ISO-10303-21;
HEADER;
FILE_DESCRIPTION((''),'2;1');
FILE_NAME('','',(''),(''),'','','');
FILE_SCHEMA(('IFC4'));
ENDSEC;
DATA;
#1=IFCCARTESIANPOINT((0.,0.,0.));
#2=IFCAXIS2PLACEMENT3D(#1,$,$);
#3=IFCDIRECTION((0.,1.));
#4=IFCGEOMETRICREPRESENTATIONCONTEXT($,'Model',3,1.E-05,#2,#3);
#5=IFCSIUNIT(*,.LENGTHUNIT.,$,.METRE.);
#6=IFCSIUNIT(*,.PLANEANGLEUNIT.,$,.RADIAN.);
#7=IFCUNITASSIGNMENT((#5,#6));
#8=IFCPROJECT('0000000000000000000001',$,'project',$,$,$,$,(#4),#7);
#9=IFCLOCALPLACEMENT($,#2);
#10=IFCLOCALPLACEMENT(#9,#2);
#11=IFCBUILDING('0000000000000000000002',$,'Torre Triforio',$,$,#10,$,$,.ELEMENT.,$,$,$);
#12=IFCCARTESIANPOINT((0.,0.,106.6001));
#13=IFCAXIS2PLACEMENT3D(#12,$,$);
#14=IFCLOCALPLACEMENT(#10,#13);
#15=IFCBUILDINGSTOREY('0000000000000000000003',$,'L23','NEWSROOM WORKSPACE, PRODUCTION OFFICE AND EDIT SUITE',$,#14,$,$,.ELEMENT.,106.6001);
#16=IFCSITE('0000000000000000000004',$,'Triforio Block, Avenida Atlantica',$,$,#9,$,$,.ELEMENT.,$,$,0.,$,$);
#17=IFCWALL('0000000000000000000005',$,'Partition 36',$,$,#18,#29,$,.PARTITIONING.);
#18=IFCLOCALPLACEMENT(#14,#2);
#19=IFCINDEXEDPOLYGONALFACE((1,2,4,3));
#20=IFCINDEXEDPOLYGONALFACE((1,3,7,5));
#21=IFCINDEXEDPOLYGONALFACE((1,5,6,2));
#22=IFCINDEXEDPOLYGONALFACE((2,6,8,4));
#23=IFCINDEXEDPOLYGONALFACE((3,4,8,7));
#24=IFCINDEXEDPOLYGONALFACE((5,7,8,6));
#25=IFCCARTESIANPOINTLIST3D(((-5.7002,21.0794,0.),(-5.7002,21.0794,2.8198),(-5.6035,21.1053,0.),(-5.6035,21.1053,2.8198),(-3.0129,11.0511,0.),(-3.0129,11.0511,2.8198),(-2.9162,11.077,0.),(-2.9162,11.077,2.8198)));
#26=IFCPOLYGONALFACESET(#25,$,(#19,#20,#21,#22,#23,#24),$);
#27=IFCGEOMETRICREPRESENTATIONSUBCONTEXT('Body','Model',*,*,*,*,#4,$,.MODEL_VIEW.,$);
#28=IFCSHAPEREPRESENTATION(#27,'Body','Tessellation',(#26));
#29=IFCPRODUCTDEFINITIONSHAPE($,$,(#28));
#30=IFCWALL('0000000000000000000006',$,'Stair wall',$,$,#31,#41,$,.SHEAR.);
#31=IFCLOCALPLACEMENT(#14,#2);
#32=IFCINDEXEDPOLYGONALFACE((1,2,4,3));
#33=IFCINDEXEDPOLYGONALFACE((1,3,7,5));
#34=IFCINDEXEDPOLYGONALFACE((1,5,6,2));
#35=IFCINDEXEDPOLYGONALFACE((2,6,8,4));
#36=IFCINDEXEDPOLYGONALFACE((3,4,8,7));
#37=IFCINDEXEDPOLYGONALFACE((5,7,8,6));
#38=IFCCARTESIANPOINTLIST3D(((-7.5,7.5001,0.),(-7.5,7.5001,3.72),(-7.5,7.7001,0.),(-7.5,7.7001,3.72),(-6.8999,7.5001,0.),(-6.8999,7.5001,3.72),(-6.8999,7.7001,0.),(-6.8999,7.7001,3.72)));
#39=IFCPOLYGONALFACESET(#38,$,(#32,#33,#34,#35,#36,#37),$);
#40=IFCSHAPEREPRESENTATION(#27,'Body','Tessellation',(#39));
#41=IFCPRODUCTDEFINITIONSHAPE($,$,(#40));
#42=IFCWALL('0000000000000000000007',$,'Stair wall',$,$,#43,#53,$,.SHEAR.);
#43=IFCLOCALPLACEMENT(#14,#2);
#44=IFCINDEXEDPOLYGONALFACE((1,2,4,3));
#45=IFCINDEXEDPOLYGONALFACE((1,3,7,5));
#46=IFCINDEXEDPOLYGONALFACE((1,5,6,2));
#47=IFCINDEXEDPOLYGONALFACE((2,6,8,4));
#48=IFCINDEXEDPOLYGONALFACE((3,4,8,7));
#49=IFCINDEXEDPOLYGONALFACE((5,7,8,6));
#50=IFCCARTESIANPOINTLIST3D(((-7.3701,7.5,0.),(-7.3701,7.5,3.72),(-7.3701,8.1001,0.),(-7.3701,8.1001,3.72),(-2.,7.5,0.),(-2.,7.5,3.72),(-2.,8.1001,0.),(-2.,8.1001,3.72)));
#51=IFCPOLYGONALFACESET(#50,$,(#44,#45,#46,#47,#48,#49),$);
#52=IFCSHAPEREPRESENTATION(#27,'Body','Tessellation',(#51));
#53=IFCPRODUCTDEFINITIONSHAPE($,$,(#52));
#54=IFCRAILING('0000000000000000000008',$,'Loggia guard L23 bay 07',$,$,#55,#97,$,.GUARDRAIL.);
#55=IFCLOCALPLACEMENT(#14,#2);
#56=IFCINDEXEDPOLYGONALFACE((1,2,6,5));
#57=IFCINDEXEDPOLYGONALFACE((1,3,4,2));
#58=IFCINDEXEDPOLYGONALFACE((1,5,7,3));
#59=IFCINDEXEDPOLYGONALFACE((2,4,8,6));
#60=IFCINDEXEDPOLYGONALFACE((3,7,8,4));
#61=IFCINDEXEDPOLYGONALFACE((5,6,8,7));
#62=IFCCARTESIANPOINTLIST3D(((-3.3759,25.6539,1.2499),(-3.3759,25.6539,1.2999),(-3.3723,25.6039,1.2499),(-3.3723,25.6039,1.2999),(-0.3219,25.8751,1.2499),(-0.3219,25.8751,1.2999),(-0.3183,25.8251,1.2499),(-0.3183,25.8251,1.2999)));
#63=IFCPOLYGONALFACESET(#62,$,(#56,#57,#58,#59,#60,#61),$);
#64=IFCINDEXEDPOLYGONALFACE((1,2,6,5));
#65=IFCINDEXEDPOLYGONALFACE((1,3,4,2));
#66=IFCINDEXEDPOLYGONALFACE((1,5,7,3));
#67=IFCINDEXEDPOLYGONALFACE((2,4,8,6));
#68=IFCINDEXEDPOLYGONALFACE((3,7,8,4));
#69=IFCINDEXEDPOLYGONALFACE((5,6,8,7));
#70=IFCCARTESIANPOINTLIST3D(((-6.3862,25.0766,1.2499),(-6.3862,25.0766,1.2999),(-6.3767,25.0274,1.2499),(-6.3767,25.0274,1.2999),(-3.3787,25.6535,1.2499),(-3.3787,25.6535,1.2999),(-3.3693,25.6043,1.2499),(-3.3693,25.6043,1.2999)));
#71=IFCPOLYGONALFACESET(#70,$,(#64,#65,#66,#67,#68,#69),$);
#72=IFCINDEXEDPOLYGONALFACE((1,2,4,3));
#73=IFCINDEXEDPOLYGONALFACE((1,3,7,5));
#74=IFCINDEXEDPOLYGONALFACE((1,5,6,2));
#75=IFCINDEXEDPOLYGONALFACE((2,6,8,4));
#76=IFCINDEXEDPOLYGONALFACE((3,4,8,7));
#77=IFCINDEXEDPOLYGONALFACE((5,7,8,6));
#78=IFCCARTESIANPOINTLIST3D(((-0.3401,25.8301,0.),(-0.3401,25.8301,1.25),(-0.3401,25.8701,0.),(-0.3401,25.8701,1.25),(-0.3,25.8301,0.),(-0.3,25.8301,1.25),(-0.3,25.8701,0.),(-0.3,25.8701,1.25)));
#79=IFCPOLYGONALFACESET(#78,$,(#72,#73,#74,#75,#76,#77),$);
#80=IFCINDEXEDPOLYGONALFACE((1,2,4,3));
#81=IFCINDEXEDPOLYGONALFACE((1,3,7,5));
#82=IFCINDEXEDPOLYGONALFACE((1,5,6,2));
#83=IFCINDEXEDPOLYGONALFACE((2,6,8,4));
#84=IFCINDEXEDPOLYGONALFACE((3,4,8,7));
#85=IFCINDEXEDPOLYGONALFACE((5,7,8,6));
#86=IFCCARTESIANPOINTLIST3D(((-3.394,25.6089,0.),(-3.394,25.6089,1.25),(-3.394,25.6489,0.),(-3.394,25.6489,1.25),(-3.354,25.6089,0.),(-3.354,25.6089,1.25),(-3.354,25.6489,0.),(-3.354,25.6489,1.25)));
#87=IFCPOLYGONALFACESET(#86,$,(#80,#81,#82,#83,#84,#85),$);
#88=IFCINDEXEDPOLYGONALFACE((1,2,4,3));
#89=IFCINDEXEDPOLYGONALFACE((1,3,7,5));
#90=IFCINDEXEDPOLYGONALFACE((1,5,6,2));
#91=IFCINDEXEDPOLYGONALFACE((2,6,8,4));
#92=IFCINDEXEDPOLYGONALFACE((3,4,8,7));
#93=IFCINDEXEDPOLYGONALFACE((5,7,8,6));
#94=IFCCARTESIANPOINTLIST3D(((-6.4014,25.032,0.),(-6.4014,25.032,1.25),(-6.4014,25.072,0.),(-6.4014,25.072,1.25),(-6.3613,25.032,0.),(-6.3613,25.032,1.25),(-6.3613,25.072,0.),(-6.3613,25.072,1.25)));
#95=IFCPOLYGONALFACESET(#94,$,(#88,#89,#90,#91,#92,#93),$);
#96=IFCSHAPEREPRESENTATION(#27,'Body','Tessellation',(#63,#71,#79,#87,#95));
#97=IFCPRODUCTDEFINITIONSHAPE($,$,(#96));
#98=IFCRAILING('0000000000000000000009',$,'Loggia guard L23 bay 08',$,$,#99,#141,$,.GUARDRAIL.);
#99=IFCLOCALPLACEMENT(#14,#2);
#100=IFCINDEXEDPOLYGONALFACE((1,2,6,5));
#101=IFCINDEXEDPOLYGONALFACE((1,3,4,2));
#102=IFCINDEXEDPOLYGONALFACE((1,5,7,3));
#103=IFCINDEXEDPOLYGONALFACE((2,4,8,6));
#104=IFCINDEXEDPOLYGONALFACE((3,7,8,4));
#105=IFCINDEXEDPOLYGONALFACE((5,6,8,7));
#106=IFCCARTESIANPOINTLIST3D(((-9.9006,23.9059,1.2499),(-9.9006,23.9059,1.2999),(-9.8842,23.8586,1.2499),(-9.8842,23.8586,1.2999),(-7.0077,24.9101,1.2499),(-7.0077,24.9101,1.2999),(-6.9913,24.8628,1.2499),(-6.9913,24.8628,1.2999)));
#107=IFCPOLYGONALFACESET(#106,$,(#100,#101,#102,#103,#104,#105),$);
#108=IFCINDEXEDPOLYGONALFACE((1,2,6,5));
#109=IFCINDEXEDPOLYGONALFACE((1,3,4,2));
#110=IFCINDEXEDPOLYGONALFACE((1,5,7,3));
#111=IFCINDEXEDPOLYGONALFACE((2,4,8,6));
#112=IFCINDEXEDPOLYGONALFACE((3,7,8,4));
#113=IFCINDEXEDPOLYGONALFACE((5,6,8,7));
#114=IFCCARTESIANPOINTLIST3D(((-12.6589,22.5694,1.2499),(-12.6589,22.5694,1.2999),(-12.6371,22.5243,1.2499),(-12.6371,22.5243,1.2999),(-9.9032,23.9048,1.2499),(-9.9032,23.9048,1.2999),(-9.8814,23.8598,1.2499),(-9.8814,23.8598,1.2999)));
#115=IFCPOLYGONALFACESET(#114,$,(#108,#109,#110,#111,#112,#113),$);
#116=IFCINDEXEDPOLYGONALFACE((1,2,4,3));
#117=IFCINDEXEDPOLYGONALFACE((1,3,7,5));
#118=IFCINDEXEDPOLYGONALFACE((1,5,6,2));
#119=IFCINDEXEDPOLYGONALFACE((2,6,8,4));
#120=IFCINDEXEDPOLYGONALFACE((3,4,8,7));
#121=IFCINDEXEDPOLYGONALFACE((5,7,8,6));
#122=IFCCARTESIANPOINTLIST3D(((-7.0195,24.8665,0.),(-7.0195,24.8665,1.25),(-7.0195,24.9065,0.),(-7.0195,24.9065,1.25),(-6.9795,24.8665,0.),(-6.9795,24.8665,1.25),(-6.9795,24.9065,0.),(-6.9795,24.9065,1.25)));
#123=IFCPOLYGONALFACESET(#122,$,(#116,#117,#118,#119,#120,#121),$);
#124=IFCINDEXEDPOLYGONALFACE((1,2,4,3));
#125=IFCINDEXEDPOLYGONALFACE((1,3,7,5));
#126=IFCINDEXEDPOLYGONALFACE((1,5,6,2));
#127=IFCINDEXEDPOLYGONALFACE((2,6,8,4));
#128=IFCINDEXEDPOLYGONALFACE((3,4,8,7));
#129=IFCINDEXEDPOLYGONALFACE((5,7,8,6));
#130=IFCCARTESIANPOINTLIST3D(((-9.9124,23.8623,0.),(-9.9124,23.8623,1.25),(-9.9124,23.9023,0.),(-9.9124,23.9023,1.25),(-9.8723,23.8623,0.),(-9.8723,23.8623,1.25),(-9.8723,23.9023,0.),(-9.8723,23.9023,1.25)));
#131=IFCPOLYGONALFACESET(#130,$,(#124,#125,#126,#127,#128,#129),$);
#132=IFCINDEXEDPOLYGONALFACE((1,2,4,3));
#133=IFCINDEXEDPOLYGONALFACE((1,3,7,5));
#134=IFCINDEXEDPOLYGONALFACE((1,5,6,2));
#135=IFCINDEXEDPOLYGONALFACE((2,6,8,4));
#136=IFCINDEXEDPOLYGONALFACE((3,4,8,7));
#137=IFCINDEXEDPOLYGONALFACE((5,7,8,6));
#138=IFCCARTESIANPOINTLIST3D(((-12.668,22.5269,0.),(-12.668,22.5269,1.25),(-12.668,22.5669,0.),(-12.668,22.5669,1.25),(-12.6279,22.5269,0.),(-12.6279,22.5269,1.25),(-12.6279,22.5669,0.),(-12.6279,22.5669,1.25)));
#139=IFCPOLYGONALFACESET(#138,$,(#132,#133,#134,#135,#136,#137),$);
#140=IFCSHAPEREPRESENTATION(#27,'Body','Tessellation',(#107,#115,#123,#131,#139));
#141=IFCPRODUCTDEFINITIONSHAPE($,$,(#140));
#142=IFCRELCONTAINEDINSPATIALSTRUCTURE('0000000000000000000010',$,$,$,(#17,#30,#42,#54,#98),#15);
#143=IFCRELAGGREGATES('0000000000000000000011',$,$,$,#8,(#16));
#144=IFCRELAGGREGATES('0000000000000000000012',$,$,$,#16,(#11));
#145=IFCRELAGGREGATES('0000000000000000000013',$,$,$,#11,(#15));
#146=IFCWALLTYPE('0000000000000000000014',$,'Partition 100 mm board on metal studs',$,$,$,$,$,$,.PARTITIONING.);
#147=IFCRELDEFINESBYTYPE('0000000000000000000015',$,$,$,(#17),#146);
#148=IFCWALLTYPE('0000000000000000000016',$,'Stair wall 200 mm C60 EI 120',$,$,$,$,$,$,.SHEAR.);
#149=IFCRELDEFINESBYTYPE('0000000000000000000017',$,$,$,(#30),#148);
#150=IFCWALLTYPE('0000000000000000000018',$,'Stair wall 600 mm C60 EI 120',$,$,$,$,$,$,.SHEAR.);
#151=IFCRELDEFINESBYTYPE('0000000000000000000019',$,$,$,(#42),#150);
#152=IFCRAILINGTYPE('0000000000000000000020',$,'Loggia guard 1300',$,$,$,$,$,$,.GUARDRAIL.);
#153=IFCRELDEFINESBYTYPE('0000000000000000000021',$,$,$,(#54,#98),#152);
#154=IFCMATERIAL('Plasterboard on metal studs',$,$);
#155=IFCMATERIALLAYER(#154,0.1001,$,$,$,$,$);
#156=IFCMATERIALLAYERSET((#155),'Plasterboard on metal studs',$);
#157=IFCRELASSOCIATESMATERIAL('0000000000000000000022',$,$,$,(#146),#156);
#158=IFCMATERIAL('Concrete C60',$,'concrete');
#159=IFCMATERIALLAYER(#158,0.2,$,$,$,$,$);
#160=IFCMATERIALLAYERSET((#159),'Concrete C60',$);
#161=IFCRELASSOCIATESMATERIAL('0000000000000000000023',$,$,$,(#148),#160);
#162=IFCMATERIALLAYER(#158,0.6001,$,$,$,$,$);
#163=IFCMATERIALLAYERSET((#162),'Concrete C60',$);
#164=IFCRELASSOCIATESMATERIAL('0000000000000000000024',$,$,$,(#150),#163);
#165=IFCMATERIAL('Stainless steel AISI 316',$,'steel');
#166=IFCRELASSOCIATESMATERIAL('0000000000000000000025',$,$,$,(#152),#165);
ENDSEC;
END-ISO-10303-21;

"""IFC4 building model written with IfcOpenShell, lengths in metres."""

from ifc_helpers import new_model, si_unit, direction, frame, frame_2d, origin, origin_2d, place, context, subcontext, project, spatial, rectangle, extrude, material, layer, layer_set, type_object, element, save


model = new_model("IFC4")

# Units and contexts
model_context = context("Model", 3, precision=1e-05, world=origin(), true_north=direction((0.0, 1.0)))
body_context = subcontext(model_context, "Body", "Model", "MODEL_VIEW")
ifc_project = project(units=[si_unit("LENGTHUNIT", "METRE"), si_unit("PLANEANGLEUNIT", "RADIAN")], contexts=[model_context])

# Site, building, storey
site_placement = place(None, origin())
site = spatial("IfcSite", under=ifc_project, at=site_placement, Name="Triforio Block, Avenida Atlantica", CompositionType="ELEMENT", RefElevation=0.0)
building_placement = place(site_placement, origin())
building = spatial("IfcBuilding", under=site, at=building_placement, Name="Torre Triforio", CompositionType="ELEMENT")
storey_placement = place(building_placement, frame((0.0, 0.0, 106.6001)))
storey = spatial("IfcBuildingStorey", under=building, at=storey_placement, Name="L23", Description="NEWSROOM WORKSPACE, PRODUCTION OFFICE AND EDIT SUITE", CompositionType="ELEMENT", Elevation=106.6001)

# Shared definitions
ifc_material_1 = material(Name="Concrete C60", Category="concrete")

# Walls
ifc_material_2 = material(Name="Plasterboard on metal studs")
ifc_layer_1 = layer(ifc_material_2, 0.1001)
ifc_layer_set_1 = layer_set([ifc_layer_1], Name="Plasterboard on metal studs")
wall_type_1 = type_object("IfcWallType", Name="Partition 100 mm board on metal studs", PredefinedType="PARTITIONING", material=ifc_layer_set_1)
wall_1_placement = place(storey_placement, frame((-2.9646, 11.0642, 0.0), z_axis=(0.0, 0.0, 1.0), x_axis=(-0.258835, 0.965922, 0.0)))
element("IfcWall", 1, at=wall_1_placement, inside=storey, type_object=wall_type_1, Name="Partition 36", PredefinedType="PARTITIONING", context=body_context, shape_type="SweptSolid", body=[
    extrude(rectangle(XDim=10.3821, YDim=0.1001, at=frame_2d((5.1909, 0.0))), origin(), (0.0, 0.0, 1.0), 2.8198),
])
ifc_layer_2 = layer(ifc_material_1, 0.2)
ifc_layer_set_2 = layer_set([ifc_layer_2], Name="Concrete C60")
wall_type_2 = type_object("IfcWallType", Name="Stair wall 200 mm C60 EI 120", PredefinedType="SHEAR", material=ifc_layer_set_2)
wall_2_placement = place(storey_placement, frame((-7.5, 7.6001, 0.0), z_axis=(0.0, 0.0, 1.0), x_axis=(1.0, 0.0, 0.0)))
element("IfcWall", 2, at=wall_2_placement, inside=storey, type_object=wall_type_2, Name="Stair wall", PredefinedType="SHEAR", context=body_context, shape_type="SweptSolid", body=[
    extrude(rectangle(XDim=0.6001, YDim=0.2, at=frame_2d((0.3, 0.0))), origin(), (0.0, 0.0, 1.0), 3.72),
])
ifc_layer_3 = layer(ifc_material_1, 0.6001)
ifc_layer_set_3 = layer_set([ifc_layer_3], Name="Concrete C60")
wall_type_3 = type_object("IfcWallType", Name="Stair wall 600 mm C60 EI 120", PredefinedType="SHEAR", material=ifc_layer_set_3)
wall_3_placement = place(storey_placement, frame((-7.3701, 7.8, 0.0), z_axis=(0.0, 0.0, 1.0), x_axis=(1.0, 0.0, 0.0)))
element("IfcWall", 3, at=wall_3_placement, inside=storey, type_object=wall_type_3, Name="Stair wall", PredefinedType="SHEAR", context=body_context, shape_type="SweptSolid", body=[
    extrude(rectangle(XDim=5.3701, YDim=0.6001, at=frame_2d((2.6851, 0.0))), origin(), (0.0, 0.0, 1.0), 3.72),
])

# Railings
ifc_material_3 = material(Name="Stainless steel AISI 316", Category="steel")
railing_type = type_object("IfcRailingType", Name="Loggia guard 1300", PredefinedType="GUARDRAIL", material=ifc_material_3)
railing_1_placement = place(storey_placement, frame((-0.3201, 25.8501, 0.0)))
element("IfcRailing", 4, at=railing_1_placement, inside=storey, type_object=railing_type, Name="Loggia guard L23 bay 07", PredefinedType="GUARDRAIL", context=body_context, shape_type="SweptSolid", body=[
    extrude(rectangle(XDim=0.05, YDim=0.05, at=origin_2d()), frame((0.0, 0.0, 1.2749), z_axis=(-0.997387, -0.072239, 0.0), x_axis=(0.072239, -0.997387, 0.0)), (0.0, 0.0, 1.0), 3.062),
    extrude(rectangle(XDim=0.05, YDim=0.05, at=origin_2d()), frame((-3.054, -0.2212, 1.2749), z_axis=(-0.982093, -0.188398, 0.0), x_axis=(0.188398, -0.982093, 0.0)), (0.0, 0.0, 1.0), 3.0623),
    extrude(rectangle(XDim=0.04, YDim=0.04, at=origin_2d()), origin(), (0.0, 0.0, 1.0), 1.25),
    extrude(rectangle(XDim=0.04, YDim=0.04, at=origin_2d()), frame((-3.054, -0.2212, 0.0)), (0.0, 0.0, 1.0), 1.25),
    extrude(rectangle(XDim=0.04, YDim=0.04, at=origin_2d()), frame((-6.0613, -0.7981, 0.0)), (0.0, 0.0, 1.0), 1.25),
])
railing_2_placement = place(storey_placement, frame((-6.9995, 24.8865, 0.0)))
element("IfcRailing", 5, at=railing_2_placement, inside=storey, type_object=railing_type, Name="Loggia guard L23 bay 08", PredefinedType="GUARDRAIL", context=body_context, shape_type="SweptSolid", body=[
    extrude(rectangle(XDim=0.05, YDim=0.05, at=origin_2d()), frame((0.0, 0.0, 1.2749), z_axis=(-0.944704, -0.327924, 0.0), x_axis=(0.327924, -0.944704, 0.0)), (0.0, 0.0, 1.0), 3.0623),
    extrude(rectangle(XDim=0.05, YDim=0.05, at=origin_2d()), frame((-2.8928, -1.0042, 1.2749), z_axis=(-0.899892, -0.436113, 0.0), x_axis=(0.436113, -0.899892, 0.0)), (0.0, 0.0, 1.0), 3.0623),
    extrude(rectangle(XDim=0.04, YDim=0.04, at=origin_2d()), origin(), (0.0, 0.0, 1.0), 1.25),
    extrude(rectangle(XDim=0.04, YDim=0.04, at=origin_2d()), frame((-2.8928, -1.0042, 0.0)), (0.0, 0.0, 1.0), 1.25),
    extrude(rectangle(XDim=0.04, YDim=0.04, at=origin_2d()), frame((-5.6484, -2.3396, 0.0)), (0.0, 0.0, 1.0), 1.25),
])

save(model, "model.ifc")
